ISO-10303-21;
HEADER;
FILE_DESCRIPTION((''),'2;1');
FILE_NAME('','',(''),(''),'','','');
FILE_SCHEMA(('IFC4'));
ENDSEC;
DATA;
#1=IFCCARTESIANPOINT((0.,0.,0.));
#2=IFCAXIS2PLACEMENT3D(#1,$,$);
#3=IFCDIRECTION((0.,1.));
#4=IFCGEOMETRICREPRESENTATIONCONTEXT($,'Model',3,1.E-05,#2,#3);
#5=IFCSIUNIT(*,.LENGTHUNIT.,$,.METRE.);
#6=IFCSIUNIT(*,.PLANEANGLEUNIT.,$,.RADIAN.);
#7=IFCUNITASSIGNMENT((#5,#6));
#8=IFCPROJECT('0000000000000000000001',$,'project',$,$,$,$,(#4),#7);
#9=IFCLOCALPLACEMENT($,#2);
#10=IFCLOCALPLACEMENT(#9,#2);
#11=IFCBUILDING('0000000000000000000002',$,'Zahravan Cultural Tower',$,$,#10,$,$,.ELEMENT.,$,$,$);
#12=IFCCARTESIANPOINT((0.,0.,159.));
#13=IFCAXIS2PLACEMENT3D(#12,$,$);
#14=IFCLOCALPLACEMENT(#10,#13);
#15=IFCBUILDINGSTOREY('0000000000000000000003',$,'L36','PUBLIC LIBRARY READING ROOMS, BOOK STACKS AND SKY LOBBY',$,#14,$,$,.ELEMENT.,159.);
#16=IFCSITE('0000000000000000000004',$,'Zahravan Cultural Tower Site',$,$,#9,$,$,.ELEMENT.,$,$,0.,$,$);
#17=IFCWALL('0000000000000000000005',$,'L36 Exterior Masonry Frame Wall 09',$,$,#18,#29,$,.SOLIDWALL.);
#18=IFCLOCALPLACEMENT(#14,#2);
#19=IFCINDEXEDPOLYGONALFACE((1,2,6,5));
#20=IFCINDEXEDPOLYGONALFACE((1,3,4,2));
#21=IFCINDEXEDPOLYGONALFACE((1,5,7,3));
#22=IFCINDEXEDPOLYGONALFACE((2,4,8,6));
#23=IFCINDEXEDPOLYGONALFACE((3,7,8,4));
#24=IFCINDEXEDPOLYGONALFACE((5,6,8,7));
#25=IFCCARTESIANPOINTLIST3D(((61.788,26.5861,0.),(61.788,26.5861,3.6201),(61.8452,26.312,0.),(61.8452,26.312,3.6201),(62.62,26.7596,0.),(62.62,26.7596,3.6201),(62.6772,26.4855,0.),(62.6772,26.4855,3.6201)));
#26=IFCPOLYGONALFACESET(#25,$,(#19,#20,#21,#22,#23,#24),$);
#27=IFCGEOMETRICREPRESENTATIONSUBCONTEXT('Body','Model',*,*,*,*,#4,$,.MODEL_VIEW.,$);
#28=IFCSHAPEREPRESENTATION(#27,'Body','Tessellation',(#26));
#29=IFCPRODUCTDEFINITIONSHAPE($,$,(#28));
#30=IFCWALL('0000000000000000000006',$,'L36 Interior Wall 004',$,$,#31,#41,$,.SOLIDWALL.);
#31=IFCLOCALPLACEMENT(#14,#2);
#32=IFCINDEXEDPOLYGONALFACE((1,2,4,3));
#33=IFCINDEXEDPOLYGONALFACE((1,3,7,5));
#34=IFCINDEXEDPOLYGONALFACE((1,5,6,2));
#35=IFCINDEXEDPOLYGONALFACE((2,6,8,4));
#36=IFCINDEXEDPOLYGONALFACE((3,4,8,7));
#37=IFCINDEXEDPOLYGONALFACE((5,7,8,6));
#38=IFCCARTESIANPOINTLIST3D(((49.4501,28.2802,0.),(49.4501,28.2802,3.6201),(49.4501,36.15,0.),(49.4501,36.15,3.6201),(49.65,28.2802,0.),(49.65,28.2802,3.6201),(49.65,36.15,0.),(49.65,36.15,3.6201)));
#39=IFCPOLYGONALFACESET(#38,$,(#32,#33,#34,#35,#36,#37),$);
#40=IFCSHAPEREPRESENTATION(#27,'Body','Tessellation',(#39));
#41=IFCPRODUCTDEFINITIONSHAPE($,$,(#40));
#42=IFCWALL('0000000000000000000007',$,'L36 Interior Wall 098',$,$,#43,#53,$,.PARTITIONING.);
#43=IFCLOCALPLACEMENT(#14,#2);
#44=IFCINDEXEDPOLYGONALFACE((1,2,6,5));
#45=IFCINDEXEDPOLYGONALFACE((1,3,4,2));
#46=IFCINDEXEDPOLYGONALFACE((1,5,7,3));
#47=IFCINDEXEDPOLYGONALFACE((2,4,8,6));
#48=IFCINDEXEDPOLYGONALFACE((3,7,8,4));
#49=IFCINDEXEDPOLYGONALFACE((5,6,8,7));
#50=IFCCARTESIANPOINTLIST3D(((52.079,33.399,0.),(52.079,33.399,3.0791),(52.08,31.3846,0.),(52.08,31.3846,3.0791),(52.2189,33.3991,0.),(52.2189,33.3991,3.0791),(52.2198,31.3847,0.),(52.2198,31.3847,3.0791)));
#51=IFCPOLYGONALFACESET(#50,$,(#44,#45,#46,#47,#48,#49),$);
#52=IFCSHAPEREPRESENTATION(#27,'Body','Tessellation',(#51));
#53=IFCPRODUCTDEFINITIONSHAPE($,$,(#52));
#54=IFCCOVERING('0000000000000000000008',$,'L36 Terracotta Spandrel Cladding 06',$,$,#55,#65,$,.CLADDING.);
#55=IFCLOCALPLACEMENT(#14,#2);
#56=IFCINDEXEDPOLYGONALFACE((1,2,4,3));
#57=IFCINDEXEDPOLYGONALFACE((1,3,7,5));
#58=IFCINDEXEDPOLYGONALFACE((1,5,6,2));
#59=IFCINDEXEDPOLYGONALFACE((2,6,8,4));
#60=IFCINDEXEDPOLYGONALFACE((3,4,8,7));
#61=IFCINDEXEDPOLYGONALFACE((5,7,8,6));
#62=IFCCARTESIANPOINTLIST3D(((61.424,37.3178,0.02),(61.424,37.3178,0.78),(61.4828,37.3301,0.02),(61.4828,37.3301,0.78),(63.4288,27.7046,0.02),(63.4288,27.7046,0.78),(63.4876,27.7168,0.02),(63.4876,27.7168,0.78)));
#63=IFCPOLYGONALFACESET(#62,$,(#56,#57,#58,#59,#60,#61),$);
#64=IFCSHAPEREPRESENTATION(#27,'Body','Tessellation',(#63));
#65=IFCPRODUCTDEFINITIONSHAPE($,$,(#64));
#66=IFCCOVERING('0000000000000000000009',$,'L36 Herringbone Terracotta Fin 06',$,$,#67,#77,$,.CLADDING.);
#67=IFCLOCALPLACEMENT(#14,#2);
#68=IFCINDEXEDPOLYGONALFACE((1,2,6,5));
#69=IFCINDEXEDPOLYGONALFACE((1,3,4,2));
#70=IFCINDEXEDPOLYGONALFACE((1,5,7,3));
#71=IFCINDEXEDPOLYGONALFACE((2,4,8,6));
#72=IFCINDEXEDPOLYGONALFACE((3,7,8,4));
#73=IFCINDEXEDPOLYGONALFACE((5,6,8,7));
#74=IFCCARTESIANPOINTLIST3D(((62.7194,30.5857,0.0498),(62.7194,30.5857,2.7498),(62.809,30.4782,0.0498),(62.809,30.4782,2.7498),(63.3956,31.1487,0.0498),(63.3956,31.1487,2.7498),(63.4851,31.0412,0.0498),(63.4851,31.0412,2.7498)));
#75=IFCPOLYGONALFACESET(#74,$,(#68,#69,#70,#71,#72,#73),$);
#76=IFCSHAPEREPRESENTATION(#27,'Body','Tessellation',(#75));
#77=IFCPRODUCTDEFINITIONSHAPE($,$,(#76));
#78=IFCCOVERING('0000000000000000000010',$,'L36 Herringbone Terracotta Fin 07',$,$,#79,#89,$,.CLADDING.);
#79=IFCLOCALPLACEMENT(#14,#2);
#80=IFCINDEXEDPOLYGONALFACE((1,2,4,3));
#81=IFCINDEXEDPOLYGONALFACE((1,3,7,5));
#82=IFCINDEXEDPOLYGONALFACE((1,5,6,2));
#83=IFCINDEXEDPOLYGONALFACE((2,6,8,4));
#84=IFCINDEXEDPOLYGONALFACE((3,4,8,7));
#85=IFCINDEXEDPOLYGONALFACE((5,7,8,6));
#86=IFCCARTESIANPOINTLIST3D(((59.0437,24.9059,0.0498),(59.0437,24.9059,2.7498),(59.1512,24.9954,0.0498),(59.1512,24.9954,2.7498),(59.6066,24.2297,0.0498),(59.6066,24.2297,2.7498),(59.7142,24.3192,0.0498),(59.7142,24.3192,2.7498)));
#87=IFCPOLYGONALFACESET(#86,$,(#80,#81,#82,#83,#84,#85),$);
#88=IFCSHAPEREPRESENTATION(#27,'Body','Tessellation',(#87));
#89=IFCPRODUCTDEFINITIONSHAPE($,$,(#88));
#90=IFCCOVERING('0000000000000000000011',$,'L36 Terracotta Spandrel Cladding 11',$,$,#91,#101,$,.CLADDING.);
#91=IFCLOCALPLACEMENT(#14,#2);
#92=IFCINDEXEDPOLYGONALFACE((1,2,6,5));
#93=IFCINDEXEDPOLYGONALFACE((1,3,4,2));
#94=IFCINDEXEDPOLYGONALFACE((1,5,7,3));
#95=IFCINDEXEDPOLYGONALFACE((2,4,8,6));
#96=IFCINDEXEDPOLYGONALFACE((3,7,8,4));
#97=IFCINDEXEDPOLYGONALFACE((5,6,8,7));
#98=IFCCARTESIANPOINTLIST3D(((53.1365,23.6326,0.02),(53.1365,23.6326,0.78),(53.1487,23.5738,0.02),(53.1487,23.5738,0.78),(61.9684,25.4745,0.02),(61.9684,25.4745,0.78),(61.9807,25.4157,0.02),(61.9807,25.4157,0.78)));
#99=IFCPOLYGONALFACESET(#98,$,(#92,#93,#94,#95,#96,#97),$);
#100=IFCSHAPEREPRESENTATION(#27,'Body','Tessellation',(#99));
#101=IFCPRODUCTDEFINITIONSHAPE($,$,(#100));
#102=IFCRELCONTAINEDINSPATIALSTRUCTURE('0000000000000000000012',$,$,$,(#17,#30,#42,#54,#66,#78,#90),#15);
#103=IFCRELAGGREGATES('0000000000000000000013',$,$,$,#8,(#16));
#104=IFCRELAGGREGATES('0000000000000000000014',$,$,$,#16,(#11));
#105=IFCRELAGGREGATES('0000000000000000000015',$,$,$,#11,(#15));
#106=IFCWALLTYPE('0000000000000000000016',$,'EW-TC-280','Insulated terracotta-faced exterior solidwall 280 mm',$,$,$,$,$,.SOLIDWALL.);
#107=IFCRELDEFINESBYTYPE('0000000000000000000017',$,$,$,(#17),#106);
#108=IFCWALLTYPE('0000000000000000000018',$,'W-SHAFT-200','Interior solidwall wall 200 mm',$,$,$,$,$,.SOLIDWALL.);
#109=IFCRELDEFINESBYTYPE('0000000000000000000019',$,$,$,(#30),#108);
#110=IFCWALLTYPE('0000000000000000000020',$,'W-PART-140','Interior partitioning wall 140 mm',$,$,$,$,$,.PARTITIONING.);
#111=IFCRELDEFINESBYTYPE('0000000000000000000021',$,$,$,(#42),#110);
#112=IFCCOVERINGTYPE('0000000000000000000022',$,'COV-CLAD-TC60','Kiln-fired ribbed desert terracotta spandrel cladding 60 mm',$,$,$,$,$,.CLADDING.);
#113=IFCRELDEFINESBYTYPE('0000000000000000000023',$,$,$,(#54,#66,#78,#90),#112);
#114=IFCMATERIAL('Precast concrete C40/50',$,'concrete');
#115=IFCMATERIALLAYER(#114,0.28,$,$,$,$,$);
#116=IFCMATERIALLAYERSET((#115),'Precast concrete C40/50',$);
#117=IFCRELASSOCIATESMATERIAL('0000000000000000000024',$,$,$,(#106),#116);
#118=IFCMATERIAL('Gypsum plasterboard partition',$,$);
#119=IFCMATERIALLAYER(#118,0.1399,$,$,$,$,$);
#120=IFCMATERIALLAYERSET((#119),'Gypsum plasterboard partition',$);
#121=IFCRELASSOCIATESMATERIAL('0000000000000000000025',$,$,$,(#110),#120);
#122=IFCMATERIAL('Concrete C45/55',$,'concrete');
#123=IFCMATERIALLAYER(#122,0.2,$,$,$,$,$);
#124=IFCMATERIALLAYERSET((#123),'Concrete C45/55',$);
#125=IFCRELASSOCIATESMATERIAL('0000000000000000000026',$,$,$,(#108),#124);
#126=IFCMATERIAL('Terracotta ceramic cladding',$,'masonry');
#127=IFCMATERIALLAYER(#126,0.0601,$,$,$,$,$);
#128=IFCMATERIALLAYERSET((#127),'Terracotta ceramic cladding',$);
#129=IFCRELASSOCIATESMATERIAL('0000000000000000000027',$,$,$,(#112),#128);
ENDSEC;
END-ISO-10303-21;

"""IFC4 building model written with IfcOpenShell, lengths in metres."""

from ifc_helpers import new_model, si_unit, direction, frame, frame_2d, origin, origin_2d, place, context, subcontext, project, spatial, rectangle, extrude, source, transform, mapped, material, layer, layer_set, type_object, element, save


model = new_model("IFC4")

# Units and contexts
model_context = context("Model", 3, precision=1e-05, world=origin(), true_north=direction((0.0, 1.0)))
body_context = subcontext(model_context, "Body", "Model", "MODEL_VIEW")
ifc_project = project(units=[si_unit("LENGTHUNIT", "METRE"), si_unit("PLANEANGLEUNIT", "RADIAN")], contexts=[model_context])

# Site, building, storey
site_placement = place(None, origin())
site = spatial("IfcSite", under=ifc_project, at=site_placement, Name="Zahravan Cultural Tower Site", CompositionType="ELEMENT", RefElevation=0.0)
building_placement = place(site_placement, origin())
building = spatial("IfcBuilding", under=site, at=building_placement, Name="Zahravan Cultural Tower", CompositionType="ELEMENT")
storey_placement = place(building_placement, frame((0.0, 0.0, 159.0)))
storey = spatial("IfcBuildingStorey", under=building, at=storey_placement, Name="L36", Description="PUBLIC LIBRARY READING ROOMS, BOOK STACKS AND SKY LOBBY", CompositionType="ELEMENT", Elevation=159.0)

# Shared definitions
ifc_material_1 = material(Name="Precast concrete C40/50", Category="concrete")
ifc_layer_1 = layer(ifc_material_1, 0.28)
ifc_layer_set_1 = layer_set([ifc_layer_1], Name="Precast concrete C40/50")
wall_type_1 = type_object("IfcWallType", Name="EW-TC-280", Description="Insulated terracotta-faced exterior solidwall 280 mm", PredefinedType="SOLIDWALL", material=ifc_layer_set_1)

# Shared definitions
ifc_material_2 = material(Name="Gypsum plasterboard partition")
ifc_layer_2 = layer(ifc_material_2, 0.1399)
ifc_layer_set_2 = layer_set([ifc_layer_2], Name="Gypsum plasterboard partition")
wall_type_2 = type_object("IfcWallType", Name="W-PART-140", Description="Interior partitioning wall 140 mm", PredefinedType="PARTITIONING", material=ifc_layer_set_2)

# Walls
shared_shape_1 = source(origin(), body_context, "Body", "SweptSolid", [
    extrude(rectangle(XDim=0.8499, YDim=0.28, at=frame_2d((0.4248, 0.0))), origin(), (0.0, 0.0, 1.0), 3.6201),
])
for number, where, z_axis, x_axis, name in (
    (1, (62.6484, 26.6226, 0.0), (0.0, 0.0, 1.0), (-0.978923, -0.20423, 0.0), "L36 Exterior Masonry Frame Wall 09"),
):
    element("IfcWall", number, at=place(storey_placement, frame(where, z_axis=z_axis, x_axis=x_axis)), inside=storey, type_object=wall_type_1, Name=name, PredefinedType="SOLIDWALL", context=body_context, shape_type="MappedRepresentation", body=[
        mapped(shared_shape_1, transform((0.0, 0.0, 0.0), x_axis=(1.0, 0.0, 0.0), y_axis=(0.0, 1.0, 0.0), z_axis=(0.0, 0.0, 1.0), scale=1.0)),
    ])
ifc_material_3 = material(Name="Concrete C45/55", Category="concrete")
ifc_layer_3 = layer(ifc_material_3, 0.2)
ifc_layer_set_3 = layer_set([ifc_layer_3], Name="Concrete C45/55")
wall_type_3 = type_object("IfcWallType", Name="W-SHAFT-200", Description="Interior solidwall wall 200 mm", PredefinedType="SOLIDWALL", material=ifc_layer_set_3)
shared_shape_2 = source(origin(), body_context, "Body", "SweptSolid", [
    extrude(rectangle(XDim=7.8699, YDim=0.2, at=frame_2d((3.9351, 0.0))), origin(), (0.0, 0.0, 1.0), 3.6201),
])
wall_1_placement = place(storey_placement, frame((49.55, 28.28, 0.0), z_axis=(0.0, 0.0, 1.0), x_axis=(0.0, 1.0, 0.0)))
element("IfcWall", 2, at=wall_1_placement, inside=storey, type_object=wall_type_3, Name="L36 Interior Wall 004", PredefinedType="SOLIDWALL", context=body_context, shape_type="MappedRepresentation", body=[
    mapped(shared_shape_2, transform((0.0, 0.0, 0.0), x_axis=(1.0, 0.0, 0.0), y_axis=(0.0, 1.0, 0.0), z_axis=(0.0, 0.0, 1.0), scale=1.0)),
])
shared_shape_3 = source(origin(), body_context, "Body", "SweptSolid", [
    extrude(rectangle(XDim=2.0144, YDim=0.1399, at=frame_2d((1.0073, 0.0))), origin(), (0.0, 0.0, 1.0), 3.0791),
])
wall_2_placement = place(storey_placement, frame((52.1499, 31.3845, 0.0), z_axis=(0.0, 0.0, 1.0), x_axis=(-0.000485, 1.0, 0.0)))
element("IfcWall", 3, at=wall_2_placement, inside=storey, type_object=wall_type_2, Name="L36 Interior Wall 098", PredefinedType="PARTITIONING", context=body_context, shape_type="MappedRepresentation", body=[
    mapped(shared_shape_3, transform((0.0, 0.0, 0.0), x_axis=(1.0, 0.0, 0.0), y_axis=(0.0, 1.0, 0.0), z_axis=(0.0, 0.0, 1.0), scale=1.0)),
])

# Coverings
ifc_material_4 = material(Name="Terracotta ceramic cladding", Category="masonry")
ifc_layer_4 = layer(ifc_material_4, 0.0601)
ifc_layer_set_4 = layer_set([ifc_layer_4], Name="Terracotta ceramic cladding")
covering_type = type_object("IfcCoveringType", Name="COV-CLAD-TC60", Description="Kiln-fired ribbed desert terracotta spandrel cladding 60 mm", PredefinedType="CLADDING", material=ifc_layer_set_4)
shared_shape_4 = source(origin(), body_context, "Body", "SweptSolid", [
    extrude(rectangle(XDim=9.8201, YDim=0.0601, at=origin_2d()), origin(), (0.0, 0.0, 1.0), 0.76),
])
covering_1_placement = place(storey_placement, frame((62.4558, 32.5173, 0.02), z_axis=(0.0, 0.0, 1.0), x_axis=(0.204154, -0.978939, 0.0)))
element("IfcCovering", 4, at=covering_1_placement, inside=storey, type_object=covering_type, Name="L36 Terracotta Spandrel Cladding 06", PredefinedType="CLADDING", context=body_context, shape_type="MappedRepresentation", body=[
    mapped(shared_shape_4, transform((0.0, 0.0, 0.0), x_axis=(1.0, 0.0, 0.0), y_axis=(0.0, 1.0, 0.0), z_axis=(0.0, 0.0, 1.0), scale=1.0)),
])
shared_shape_5 = source(origin(), body_context, "Body", "SweptSolid", [
    extrude(rectangle(XDim=0.8799, YDim=0.1399, at=origin_2d()), origin(), (0.0, 0.0, 1.0), 2.7),
])
for number, where, z_axis, x_axis, name in (
    (5, (63.1023, 30.8135, 0.0498), (0.0, 0.0, 1.0), (0.768507, 0.639841, 0.0), "L36 Herringbone Terracotta Fin 06"),
    (6, (59.3789, 24.6125, 0.0498), (0.0, 0.0, 1.0), (0.639841, -0.768507, 0.0), "L36 Herringbone Terracotta Fin 07"),
):
    element("IfcCovering", number, at=place(storey_placement, frame(where, z_axis=z_axis, x_axis=x_axis)), inside=storey, type_object=covering_type, Name=name, PredefinedType="CLADDING", context=body_context, shape_type="MappedRepresentation", body=[
        mapped(shared_shape_5, transform((0.0, 0.0, 0.0), x_axis=(1.0, 0.0, 0.0), y_axis=(0.0, 1.0, 0.0), z_axis=(0.0, 0.0, 1.0), scale=1.0)),
    ])
shared_shape_6 = source(origin(), body_context, "Body", "SweptSolid", [
    extrude(rectangle(XDim=9.022, YDim=0.0601, at=origin_2d()), origin(), (0.0, 0.0, 1.0), 0.76),
])
covering_2_placement = place(storey_placement, frame((57.5586, 24.5242, 0.02), z_axis=(0.0, 0.0, 1.0), x_axis=(-0.978939, -0.204154, 0.0)))
element("IfcCovering", 7, at=covering_2_placement, inside=storey, type_object=covering_type, Name="L36 Terracotta Spandrel Cladding 11", PredefinedType="CLADDING", context=body_context, shape_type="MappedRepresentation", body=[
    mapped(shared_shape_6, transform((0.0, 0.0, 0.0), x_axis=(1.0, 0.0, 0.0), y_axis=(0.0, 1.0, 0.0), z_axis=(0.0, 0.0, 1.0), scale=1.0)),
])

save(model, "model.ifc")
